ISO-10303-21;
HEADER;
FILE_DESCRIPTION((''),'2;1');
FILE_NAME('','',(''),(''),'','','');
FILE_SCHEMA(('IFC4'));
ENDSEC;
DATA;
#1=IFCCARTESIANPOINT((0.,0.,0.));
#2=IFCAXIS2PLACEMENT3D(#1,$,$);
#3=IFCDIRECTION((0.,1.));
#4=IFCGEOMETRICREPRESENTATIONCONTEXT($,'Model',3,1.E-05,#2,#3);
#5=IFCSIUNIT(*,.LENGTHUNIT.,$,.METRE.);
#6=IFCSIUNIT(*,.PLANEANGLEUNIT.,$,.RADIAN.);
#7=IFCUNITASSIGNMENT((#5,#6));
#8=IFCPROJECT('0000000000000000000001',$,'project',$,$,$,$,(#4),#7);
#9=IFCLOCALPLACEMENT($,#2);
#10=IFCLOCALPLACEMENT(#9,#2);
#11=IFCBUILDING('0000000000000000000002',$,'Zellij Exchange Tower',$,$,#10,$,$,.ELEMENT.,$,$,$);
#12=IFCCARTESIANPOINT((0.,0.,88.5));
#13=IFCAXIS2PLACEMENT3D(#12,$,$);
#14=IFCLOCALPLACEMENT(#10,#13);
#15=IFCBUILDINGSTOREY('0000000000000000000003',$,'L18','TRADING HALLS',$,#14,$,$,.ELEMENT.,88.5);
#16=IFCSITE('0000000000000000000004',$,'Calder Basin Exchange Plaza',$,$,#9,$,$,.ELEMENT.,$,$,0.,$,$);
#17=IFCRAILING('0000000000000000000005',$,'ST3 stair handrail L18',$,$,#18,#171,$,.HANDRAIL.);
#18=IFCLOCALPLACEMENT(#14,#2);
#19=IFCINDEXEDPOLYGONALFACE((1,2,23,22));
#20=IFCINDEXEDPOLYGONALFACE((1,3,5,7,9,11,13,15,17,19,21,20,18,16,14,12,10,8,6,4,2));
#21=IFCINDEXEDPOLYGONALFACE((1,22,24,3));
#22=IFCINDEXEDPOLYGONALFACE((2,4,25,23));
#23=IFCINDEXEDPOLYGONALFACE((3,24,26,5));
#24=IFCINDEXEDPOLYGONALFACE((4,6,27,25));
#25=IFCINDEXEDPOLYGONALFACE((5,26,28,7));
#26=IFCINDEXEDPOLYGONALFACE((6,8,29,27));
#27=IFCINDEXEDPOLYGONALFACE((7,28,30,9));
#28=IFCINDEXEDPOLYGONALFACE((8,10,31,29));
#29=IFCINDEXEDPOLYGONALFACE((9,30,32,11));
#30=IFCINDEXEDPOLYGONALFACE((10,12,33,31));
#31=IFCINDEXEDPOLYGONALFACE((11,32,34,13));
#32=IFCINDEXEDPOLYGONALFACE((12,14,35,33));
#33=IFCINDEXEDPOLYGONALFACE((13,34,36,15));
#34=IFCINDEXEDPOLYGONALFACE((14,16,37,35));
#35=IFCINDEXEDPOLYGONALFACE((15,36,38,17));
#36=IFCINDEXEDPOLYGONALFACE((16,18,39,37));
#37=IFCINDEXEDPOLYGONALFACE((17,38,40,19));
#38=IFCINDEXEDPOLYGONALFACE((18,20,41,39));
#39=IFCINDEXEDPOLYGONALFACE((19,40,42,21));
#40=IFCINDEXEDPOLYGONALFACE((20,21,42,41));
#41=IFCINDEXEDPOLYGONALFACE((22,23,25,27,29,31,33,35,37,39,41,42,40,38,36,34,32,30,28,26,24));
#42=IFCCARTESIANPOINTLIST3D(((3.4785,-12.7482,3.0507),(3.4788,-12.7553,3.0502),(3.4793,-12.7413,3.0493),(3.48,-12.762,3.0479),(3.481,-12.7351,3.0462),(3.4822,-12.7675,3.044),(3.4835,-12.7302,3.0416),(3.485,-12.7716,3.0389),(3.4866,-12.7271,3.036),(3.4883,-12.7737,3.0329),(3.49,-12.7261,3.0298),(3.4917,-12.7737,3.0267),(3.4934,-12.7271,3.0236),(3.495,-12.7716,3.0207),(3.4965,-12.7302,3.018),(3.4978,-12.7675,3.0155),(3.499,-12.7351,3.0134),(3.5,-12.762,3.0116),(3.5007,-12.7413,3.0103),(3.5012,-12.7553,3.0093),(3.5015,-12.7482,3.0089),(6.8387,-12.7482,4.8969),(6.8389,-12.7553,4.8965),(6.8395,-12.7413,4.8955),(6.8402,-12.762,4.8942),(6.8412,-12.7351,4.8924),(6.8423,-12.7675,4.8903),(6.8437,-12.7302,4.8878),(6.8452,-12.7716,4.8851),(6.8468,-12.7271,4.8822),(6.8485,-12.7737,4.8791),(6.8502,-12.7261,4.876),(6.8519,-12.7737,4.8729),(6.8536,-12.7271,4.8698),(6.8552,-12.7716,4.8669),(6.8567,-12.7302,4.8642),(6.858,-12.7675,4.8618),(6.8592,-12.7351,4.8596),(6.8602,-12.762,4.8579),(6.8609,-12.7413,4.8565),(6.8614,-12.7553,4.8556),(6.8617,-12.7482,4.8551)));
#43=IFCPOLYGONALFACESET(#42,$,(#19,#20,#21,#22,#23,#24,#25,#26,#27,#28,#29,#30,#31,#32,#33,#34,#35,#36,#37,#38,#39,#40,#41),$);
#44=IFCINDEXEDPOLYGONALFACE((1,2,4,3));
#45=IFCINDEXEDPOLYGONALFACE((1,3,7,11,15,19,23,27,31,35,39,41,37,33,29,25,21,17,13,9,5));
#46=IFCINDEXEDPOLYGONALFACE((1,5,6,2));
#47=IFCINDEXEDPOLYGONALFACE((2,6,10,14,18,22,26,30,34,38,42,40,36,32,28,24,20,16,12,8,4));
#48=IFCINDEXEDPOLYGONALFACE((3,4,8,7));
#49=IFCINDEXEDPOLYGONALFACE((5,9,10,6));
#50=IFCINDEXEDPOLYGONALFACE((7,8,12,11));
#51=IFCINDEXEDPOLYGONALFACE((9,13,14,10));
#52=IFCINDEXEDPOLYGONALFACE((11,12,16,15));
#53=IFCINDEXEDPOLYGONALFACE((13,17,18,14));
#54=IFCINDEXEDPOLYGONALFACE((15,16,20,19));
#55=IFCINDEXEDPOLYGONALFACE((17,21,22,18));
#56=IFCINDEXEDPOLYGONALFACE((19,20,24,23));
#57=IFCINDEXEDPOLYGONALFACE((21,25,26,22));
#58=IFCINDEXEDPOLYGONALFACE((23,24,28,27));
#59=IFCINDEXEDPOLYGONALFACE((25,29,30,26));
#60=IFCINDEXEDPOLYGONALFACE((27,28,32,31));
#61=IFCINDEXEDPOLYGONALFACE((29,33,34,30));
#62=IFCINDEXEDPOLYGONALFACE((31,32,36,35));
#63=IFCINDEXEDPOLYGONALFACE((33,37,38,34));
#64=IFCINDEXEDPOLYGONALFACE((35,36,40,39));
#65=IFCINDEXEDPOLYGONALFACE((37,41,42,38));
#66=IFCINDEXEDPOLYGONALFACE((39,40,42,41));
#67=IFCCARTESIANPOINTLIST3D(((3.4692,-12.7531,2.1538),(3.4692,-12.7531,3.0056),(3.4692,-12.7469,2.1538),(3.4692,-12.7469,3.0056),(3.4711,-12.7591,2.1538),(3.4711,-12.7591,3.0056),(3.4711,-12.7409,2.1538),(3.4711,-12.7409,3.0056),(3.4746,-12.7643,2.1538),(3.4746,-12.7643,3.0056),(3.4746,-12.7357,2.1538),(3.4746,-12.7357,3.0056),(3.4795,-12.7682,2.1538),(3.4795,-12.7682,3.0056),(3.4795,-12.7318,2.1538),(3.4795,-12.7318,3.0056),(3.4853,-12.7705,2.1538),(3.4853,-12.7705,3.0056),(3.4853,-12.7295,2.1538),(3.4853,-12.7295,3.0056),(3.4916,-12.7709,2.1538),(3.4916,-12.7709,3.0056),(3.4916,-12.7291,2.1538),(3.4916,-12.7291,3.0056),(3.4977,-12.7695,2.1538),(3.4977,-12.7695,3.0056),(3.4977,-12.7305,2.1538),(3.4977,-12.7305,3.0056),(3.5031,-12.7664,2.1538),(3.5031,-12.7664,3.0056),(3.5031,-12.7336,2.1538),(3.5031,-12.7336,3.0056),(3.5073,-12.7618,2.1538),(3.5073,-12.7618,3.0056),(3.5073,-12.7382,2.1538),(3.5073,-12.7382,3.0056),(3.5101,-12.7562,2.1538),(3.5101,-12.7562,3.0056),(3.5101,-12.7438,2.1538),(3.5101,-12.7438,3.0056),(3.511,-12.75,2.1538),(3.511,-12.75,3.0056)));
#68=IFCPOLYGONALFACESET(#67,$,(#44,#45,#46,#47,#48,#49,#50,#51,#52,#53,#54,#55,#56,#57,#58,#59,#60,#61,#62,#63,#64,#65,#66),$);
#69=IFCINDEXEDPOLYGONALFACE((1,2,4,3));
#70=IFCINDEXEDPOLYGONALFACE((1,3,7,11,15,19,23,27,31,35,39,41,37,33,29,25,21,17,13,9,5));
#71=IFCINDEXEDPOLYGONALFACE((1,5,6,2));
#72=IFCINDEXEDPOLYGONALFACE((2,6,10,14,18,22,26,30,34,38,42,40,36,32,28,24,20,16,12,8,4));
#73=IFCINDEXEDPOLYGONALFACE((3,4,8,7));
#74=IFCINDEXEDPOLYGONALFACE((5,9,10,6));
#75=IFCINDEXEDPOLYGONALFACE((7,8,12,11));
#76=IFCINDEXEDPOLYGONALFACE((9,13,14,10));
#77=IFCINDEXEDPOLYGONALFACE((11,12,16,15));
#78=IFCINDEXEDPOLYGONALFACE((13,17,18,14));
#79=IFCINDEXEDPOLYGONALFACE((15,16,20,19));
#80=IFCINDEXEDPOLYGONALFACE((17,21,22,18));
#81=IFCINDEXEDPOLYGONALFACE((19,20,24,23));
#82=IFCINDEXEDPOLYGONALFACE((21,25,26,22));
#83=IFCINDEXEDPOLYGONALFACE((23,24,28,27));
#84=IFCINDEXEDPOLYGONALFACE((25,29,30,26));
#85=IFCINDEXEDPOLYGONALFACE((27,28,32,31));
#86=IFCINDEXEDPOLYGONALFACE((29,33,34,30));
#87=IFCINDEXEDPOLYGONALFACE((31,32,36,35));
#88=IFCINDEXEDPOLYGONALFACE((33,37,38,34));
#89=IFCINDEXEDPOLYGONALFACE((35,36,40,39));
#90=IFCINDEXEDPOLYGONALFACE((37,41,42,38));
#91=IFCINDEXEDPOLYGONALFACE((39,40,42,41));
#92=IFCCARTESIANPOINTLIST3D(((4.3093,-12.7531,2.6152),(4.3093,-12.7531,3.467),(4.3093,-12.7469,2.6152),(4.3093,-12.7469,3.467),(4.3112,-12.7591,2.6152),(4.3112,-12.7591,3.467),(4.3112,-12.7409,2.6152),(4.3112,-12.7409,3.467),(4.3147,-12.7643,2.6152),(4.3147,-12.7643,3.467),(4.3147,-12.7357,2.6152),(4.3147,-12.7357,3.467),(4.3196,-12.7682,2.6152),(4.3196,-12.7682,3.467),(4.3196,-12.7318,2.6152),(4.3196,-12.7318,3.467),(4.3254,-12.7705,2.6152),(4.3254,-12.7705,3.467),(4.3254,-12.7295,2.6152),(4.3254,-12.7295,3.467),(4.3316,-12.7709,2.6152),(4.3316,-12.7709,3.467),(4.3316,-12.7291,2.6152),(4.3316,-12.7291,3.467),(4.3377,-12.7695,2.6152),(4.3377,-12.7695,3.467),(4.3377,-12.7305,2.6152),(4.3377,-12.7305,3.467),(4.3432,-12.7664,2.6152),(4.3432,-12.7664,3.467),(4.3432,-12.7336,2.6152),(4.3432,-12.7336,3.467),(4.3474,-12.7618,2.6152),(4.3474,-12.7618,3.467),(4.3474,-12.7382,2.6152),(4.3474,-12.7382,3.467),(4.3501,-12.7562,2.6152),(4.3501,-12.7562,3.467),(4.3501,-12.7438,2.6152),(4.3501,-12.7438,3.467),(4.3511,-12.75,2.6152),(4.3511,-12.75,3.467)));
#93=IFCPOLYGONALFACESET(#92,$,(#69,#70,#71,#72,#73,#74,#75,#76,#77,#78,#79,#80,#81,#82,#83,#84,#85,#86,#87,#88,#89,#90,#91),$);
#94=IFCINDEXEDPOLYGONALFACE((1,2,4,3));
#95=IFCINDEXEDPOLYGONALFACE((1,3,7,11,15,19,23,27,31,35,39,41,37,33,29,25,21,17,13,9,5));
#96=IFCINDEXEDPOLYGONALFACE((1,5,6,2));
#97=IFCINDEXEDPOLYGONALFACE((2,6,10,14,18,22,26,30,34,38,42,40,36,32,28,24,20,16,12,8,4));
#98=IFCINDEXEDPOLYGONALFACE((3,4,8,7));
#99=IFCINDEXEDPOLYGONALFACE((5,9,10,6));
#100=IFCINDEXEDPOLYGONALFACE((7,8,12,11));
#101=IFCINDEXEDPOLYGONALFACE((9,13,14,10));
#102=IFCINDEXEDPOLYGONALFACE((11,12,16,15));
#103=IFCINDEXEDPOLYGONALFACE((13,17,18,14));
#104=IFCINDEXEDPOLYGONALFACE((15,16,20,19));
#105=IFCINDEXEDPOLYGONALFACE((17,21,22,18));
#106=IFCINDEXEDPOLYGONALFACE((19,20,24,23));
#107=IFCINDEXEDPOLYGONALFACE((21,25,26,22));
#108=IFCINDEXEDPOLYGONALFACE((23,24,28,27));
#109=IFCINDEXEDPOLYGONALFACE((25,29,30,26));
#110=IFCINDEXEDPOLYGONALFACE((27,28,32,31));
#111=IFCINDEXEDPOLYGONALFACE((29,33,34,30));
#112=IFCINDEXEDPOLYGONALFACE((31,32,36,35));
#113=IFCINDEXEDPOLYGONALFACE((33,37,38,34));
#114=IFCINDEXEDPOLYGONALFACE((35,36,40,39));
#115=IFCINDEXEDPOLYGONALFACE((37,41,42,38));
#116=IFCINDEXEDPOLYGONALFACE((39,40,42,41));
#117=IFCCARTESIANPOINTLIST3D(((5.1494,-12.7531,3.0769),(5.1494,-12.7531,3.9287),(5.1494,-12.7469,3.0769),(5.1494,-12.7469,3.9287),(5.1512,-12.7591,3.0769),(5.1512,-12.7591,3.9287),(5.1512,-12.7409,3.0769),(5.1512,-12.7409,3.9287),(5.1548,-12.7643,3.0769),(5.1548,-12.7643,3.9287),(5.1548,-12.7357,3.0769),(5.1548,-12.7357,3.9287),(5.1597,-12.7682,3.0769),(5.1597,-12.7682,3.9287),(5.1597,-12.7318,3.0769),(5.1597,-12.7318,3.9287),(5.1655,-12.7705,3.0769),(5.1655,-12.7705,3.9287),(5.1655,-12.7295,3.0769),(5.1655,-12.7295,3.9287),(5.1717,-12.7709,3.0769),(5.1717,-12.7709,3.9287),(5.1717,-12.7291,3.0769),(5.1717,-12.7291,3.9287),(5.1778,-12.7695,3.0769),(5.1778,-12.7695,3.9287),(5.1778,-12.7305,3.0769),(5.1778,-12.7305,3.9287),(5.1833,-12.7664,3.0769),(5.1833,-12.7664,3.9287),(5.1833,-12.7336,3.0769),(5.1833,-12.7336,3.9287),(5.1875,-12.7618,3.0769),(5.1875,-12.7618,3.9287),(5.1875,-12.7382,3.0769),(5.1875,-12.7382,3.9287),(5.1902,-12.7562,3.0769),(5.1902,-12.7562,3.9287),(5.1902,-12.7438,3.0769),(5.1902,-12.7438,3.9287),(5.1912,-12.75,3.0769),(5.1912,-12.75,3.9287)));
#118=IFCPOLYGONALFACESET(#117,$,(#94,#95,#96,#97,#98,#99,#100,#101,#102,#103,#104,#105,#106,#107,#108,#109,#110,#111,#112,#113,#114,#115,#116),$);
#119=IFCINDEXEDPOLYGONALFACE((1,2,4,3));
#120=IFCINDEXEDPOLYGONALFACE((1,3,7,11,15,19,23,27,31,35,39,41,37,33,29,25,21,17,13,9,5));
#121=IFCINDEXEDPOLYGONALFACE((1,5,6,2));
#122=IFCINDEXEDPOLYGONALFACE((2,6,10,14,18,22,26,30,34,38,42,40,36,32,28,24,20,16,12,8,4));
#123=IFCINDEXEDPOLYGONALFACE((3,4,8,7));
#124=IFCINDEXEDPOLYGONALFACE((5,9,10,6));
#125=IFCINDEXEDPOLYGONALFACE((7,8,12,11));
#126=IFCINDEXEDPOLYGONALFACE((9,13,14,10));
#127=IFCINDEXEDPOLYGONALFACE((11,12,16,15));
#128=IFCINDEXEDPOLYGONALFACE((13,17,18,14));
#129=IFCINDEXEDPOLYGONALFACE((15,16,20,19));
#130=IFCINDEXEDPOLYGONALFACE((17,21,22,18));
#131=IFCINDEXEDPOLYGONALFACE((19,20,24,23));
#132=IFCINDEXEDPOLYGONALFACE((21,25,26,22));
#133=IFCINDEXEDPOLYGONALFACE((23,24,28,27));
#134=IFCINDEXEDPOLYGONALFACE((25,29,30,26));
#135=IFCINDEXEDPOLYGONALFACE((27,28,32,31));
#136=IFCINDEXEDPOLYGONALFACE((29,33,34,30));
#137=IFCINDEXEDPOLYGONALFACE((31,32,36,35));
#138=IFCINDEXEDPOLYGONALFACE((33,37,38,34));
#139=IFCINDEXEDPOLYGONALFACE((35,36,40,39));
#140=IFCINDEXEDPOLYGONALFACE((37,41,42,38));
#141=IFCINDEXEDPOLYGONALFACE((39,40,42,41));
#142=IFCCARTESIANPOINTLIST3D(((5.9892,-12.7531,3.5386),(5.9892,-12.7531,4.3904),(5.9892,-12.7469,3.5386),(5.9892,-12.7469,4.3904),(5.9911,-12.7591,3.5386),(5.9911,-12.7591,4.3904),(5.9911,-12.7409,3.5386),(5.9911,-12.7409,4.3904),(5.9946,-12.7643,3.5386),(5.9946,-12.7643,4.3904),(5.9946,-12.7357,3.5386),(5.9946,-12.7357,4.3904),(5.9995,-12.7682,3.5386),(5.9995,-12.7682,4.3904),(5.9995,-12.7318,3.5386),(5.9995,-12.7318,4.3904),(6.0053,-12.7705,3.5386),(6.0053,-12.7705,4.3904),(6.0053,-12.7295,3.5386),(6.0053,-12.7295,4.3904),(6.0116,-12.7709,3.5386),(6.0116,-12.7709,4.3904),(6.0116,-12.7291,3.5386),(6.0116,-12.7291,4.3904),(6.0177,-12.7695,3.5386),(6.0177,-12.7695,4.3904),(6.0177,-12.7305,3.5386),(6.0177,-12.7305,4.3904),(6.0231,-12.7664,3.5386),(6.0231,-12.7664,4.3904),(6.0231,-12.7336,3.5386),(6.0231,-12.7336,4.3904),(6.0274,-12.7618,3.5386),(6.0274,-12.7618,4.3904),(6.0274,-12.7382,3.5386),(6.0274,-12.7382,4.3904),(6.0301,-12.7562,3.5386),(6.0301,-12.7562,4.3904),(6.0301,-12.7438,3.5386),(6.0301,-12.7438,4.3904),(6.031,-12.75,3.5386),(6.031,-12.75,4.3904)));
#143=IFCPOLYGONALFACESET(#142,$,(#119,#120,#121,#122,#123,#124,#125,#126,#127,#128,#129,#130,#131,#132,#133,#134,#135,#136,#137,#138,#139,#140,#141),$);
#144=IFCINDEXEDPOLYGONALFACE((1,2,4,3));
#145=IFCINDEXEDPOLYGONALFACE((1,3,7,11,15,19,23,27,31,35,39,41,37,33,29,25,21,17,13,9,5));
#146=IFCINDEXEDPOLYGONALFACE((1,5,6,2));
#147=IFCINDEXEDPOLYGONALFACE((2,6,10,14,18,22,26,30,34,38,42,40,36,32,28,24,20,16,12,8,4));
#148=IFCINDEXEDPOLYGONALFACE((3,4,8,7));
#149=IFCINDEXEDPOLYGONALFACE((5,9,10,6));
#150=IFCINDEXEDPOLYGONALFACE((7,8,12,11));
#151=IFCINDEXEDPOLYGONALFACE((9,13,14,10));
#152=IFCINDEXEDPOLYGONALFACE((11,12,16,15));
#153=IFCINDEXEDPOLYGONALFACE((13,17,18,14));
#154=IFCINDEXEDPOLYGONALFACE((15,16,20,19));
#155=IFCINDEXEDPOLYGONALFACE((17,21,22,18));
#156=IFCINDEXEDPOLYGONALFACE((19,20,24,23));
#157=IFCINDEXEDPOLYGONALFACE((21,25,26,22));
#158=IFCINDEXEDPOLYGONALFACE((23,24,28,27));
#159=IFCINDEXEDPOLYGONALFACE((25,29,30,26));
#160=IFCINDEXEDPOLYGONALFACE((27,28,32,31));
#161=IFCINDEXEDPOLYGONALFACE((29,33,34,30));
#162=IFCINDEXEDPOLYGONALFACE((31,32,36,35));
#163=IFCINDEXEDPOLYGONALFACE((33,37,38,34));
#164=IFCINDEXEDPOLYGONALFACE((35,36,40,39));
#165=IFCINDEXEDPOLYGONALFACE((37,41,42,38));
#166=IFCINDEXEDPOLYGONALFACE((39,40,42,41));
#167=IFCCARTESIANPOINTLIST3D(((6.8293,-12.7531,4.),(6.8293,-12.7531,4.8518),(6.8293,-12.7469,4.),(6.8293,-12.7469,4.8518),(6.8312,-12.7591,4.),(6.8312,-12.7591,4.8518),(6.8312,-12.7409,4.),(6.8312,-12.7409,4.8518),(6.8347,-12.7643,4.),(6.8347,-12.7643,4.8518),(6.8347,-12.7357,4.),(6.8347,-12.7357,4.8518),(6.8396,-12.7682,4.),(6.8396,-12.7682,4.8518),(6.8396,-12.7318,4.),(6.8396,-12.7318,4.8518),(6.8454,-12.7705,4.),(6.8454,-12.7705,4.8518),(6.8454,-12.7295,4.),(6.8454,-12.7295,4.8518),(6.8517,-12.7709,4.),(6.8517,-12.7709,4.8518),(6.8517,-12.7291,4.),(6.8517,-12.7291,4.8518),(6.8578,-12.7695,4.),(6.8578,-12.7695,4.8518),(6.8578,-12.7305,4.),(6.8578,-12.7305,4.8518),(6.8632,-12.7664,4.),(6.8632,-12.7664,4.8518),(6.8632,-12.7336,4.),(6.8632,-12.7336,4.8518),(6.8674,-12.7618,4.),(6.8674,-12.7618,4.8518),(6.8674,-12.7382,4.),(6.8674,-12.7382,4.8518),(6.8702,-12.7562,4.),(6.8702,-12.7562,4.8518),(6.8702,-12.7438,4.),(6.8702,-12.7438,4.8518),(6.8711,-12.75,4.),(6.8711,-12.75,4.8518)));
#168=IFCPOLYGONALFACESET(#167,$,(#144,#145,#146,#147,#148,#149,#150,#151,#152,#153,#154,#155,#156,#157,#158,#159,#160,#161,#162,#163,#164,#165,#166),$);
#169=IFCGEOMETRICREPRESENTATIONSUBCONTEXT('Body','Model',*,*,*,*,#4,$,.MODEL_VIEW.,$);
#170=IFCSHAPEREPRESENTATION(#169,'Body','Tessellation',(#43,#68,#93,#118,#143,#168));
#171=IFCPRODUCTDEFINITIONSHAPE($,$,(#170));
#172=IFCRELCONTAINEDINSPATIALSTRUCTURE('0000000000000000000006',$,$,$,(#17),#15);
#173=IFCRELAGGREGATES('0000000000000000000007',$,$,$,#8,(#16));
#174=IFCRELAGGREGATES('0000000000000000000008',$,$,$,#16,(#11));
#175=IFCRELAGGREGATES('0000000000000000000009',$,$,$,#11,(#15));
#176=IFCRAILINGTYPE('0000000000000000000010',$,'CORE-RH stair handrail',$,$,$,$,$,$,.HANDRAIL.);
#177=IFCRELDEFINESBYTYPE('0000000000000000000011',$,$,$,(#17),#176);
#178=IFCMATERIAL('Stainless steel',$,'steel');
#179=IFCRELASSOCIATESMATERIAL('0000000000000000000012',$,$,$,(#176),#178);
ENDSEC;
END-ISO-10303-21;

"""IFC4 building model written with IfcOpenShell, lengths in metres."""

from ifc_helpers import new_model, si_unit, direction, frame, origin, origin_2d, place, context, subcontext, project, spatial, circle, extrude, material, type_object, element, save


model = new_model("IFC4")

# Units and contexts
model_context = context("Model", 3, precision=1e-05, world=origin(), true_north=direction((0.0, 1.0)))
body_context = subcontext(model_context, "Body", "Model", "MODEL_VIEW")
ifc_project = project(units=[si_unit("LENGTHUNIT", "METRE"), si_unit("PLANEANGLEUNIT", "RADIAN")], contexts=[model_context])

# Site, building, storey
site_placement = place(None, origin())
site = spatial("IfcSite", under=ifc_project, at=site_placement, Name="Calder Basin Exchange Plaza", CompositionType="ELEMENT", RefElevation=0.0)
building_placement = place(site_placement, origin())
building = spatial("IfcBuilding", under=site, at=building_placement, Name="Zellij Exchange Tower", CompositionType="ELEMENT")
storey_placement = place(building_placement, frame((0.0, 0.0, 88.5)))
storey = spatial("IfcBuildingStorey", under=building, at=storey_placement, Name="L18", Description="TRADING HALLS", CompositionType="ELEMENT", Elevation=88.5)

# Railing
ifc_material_1 = material(Name="Stainless steel", Category="steel")
railing_type_1 = type_object("IfcRailingType", Name="CORE-RH stair handrail", PredefinedType="HANDRAIL", material=ifc_material_1)
railing_1_placement = place(storey_placement, frame((3.49, -12.75, 2.1538)))
element("IfcRailing", 1, at=railing_1_placement, inside=storey, type_object=railing_type_1, Name="ST3 stair handrail L18", PredefinedType="HANDRAIL", context=body_context, shape_type="SweptSolid", body=[
    extrude(circle(Radius=0.0239, at=origin_2d()), frame((0.0, 0.0, 0.876), z_axis=(0.876422, 0.0, 0.481545), x_axis=(0.0, 1.0, 0.0)), (0.0, 0.0, 1.0), 3.834),
    extrude(circle(Radius=0.021, at=origin_2d()), origin(), (0.0, 0.0, 1.0), 0.8518),
    extrude(circle(Radius=0.021, at=origin_2d()), frame((0.8401, 0.0, 0.4614)), (0.0, 0.0, 1.0), 0.8518),
    extrude(circle(Radius=0.021, at=origin_2d()), frame((1.6802, 0.0, 0.9231)), (0.0, 0.0, 1.0), 0.8518),
    extrude(circle(Radius=0.021, at=origin_2d()), frame((2.52, 0.0, 1.3848)), (0.0, 0.0, 1.0), 0.8518),
    extrude(circle(Radius=0.021, at=origin_2d()), frame((3.3601, 0.0, 1.8462)), (0.0, 0.0, 1.0), 0.8518),
])

save(model, "model.ifc")
